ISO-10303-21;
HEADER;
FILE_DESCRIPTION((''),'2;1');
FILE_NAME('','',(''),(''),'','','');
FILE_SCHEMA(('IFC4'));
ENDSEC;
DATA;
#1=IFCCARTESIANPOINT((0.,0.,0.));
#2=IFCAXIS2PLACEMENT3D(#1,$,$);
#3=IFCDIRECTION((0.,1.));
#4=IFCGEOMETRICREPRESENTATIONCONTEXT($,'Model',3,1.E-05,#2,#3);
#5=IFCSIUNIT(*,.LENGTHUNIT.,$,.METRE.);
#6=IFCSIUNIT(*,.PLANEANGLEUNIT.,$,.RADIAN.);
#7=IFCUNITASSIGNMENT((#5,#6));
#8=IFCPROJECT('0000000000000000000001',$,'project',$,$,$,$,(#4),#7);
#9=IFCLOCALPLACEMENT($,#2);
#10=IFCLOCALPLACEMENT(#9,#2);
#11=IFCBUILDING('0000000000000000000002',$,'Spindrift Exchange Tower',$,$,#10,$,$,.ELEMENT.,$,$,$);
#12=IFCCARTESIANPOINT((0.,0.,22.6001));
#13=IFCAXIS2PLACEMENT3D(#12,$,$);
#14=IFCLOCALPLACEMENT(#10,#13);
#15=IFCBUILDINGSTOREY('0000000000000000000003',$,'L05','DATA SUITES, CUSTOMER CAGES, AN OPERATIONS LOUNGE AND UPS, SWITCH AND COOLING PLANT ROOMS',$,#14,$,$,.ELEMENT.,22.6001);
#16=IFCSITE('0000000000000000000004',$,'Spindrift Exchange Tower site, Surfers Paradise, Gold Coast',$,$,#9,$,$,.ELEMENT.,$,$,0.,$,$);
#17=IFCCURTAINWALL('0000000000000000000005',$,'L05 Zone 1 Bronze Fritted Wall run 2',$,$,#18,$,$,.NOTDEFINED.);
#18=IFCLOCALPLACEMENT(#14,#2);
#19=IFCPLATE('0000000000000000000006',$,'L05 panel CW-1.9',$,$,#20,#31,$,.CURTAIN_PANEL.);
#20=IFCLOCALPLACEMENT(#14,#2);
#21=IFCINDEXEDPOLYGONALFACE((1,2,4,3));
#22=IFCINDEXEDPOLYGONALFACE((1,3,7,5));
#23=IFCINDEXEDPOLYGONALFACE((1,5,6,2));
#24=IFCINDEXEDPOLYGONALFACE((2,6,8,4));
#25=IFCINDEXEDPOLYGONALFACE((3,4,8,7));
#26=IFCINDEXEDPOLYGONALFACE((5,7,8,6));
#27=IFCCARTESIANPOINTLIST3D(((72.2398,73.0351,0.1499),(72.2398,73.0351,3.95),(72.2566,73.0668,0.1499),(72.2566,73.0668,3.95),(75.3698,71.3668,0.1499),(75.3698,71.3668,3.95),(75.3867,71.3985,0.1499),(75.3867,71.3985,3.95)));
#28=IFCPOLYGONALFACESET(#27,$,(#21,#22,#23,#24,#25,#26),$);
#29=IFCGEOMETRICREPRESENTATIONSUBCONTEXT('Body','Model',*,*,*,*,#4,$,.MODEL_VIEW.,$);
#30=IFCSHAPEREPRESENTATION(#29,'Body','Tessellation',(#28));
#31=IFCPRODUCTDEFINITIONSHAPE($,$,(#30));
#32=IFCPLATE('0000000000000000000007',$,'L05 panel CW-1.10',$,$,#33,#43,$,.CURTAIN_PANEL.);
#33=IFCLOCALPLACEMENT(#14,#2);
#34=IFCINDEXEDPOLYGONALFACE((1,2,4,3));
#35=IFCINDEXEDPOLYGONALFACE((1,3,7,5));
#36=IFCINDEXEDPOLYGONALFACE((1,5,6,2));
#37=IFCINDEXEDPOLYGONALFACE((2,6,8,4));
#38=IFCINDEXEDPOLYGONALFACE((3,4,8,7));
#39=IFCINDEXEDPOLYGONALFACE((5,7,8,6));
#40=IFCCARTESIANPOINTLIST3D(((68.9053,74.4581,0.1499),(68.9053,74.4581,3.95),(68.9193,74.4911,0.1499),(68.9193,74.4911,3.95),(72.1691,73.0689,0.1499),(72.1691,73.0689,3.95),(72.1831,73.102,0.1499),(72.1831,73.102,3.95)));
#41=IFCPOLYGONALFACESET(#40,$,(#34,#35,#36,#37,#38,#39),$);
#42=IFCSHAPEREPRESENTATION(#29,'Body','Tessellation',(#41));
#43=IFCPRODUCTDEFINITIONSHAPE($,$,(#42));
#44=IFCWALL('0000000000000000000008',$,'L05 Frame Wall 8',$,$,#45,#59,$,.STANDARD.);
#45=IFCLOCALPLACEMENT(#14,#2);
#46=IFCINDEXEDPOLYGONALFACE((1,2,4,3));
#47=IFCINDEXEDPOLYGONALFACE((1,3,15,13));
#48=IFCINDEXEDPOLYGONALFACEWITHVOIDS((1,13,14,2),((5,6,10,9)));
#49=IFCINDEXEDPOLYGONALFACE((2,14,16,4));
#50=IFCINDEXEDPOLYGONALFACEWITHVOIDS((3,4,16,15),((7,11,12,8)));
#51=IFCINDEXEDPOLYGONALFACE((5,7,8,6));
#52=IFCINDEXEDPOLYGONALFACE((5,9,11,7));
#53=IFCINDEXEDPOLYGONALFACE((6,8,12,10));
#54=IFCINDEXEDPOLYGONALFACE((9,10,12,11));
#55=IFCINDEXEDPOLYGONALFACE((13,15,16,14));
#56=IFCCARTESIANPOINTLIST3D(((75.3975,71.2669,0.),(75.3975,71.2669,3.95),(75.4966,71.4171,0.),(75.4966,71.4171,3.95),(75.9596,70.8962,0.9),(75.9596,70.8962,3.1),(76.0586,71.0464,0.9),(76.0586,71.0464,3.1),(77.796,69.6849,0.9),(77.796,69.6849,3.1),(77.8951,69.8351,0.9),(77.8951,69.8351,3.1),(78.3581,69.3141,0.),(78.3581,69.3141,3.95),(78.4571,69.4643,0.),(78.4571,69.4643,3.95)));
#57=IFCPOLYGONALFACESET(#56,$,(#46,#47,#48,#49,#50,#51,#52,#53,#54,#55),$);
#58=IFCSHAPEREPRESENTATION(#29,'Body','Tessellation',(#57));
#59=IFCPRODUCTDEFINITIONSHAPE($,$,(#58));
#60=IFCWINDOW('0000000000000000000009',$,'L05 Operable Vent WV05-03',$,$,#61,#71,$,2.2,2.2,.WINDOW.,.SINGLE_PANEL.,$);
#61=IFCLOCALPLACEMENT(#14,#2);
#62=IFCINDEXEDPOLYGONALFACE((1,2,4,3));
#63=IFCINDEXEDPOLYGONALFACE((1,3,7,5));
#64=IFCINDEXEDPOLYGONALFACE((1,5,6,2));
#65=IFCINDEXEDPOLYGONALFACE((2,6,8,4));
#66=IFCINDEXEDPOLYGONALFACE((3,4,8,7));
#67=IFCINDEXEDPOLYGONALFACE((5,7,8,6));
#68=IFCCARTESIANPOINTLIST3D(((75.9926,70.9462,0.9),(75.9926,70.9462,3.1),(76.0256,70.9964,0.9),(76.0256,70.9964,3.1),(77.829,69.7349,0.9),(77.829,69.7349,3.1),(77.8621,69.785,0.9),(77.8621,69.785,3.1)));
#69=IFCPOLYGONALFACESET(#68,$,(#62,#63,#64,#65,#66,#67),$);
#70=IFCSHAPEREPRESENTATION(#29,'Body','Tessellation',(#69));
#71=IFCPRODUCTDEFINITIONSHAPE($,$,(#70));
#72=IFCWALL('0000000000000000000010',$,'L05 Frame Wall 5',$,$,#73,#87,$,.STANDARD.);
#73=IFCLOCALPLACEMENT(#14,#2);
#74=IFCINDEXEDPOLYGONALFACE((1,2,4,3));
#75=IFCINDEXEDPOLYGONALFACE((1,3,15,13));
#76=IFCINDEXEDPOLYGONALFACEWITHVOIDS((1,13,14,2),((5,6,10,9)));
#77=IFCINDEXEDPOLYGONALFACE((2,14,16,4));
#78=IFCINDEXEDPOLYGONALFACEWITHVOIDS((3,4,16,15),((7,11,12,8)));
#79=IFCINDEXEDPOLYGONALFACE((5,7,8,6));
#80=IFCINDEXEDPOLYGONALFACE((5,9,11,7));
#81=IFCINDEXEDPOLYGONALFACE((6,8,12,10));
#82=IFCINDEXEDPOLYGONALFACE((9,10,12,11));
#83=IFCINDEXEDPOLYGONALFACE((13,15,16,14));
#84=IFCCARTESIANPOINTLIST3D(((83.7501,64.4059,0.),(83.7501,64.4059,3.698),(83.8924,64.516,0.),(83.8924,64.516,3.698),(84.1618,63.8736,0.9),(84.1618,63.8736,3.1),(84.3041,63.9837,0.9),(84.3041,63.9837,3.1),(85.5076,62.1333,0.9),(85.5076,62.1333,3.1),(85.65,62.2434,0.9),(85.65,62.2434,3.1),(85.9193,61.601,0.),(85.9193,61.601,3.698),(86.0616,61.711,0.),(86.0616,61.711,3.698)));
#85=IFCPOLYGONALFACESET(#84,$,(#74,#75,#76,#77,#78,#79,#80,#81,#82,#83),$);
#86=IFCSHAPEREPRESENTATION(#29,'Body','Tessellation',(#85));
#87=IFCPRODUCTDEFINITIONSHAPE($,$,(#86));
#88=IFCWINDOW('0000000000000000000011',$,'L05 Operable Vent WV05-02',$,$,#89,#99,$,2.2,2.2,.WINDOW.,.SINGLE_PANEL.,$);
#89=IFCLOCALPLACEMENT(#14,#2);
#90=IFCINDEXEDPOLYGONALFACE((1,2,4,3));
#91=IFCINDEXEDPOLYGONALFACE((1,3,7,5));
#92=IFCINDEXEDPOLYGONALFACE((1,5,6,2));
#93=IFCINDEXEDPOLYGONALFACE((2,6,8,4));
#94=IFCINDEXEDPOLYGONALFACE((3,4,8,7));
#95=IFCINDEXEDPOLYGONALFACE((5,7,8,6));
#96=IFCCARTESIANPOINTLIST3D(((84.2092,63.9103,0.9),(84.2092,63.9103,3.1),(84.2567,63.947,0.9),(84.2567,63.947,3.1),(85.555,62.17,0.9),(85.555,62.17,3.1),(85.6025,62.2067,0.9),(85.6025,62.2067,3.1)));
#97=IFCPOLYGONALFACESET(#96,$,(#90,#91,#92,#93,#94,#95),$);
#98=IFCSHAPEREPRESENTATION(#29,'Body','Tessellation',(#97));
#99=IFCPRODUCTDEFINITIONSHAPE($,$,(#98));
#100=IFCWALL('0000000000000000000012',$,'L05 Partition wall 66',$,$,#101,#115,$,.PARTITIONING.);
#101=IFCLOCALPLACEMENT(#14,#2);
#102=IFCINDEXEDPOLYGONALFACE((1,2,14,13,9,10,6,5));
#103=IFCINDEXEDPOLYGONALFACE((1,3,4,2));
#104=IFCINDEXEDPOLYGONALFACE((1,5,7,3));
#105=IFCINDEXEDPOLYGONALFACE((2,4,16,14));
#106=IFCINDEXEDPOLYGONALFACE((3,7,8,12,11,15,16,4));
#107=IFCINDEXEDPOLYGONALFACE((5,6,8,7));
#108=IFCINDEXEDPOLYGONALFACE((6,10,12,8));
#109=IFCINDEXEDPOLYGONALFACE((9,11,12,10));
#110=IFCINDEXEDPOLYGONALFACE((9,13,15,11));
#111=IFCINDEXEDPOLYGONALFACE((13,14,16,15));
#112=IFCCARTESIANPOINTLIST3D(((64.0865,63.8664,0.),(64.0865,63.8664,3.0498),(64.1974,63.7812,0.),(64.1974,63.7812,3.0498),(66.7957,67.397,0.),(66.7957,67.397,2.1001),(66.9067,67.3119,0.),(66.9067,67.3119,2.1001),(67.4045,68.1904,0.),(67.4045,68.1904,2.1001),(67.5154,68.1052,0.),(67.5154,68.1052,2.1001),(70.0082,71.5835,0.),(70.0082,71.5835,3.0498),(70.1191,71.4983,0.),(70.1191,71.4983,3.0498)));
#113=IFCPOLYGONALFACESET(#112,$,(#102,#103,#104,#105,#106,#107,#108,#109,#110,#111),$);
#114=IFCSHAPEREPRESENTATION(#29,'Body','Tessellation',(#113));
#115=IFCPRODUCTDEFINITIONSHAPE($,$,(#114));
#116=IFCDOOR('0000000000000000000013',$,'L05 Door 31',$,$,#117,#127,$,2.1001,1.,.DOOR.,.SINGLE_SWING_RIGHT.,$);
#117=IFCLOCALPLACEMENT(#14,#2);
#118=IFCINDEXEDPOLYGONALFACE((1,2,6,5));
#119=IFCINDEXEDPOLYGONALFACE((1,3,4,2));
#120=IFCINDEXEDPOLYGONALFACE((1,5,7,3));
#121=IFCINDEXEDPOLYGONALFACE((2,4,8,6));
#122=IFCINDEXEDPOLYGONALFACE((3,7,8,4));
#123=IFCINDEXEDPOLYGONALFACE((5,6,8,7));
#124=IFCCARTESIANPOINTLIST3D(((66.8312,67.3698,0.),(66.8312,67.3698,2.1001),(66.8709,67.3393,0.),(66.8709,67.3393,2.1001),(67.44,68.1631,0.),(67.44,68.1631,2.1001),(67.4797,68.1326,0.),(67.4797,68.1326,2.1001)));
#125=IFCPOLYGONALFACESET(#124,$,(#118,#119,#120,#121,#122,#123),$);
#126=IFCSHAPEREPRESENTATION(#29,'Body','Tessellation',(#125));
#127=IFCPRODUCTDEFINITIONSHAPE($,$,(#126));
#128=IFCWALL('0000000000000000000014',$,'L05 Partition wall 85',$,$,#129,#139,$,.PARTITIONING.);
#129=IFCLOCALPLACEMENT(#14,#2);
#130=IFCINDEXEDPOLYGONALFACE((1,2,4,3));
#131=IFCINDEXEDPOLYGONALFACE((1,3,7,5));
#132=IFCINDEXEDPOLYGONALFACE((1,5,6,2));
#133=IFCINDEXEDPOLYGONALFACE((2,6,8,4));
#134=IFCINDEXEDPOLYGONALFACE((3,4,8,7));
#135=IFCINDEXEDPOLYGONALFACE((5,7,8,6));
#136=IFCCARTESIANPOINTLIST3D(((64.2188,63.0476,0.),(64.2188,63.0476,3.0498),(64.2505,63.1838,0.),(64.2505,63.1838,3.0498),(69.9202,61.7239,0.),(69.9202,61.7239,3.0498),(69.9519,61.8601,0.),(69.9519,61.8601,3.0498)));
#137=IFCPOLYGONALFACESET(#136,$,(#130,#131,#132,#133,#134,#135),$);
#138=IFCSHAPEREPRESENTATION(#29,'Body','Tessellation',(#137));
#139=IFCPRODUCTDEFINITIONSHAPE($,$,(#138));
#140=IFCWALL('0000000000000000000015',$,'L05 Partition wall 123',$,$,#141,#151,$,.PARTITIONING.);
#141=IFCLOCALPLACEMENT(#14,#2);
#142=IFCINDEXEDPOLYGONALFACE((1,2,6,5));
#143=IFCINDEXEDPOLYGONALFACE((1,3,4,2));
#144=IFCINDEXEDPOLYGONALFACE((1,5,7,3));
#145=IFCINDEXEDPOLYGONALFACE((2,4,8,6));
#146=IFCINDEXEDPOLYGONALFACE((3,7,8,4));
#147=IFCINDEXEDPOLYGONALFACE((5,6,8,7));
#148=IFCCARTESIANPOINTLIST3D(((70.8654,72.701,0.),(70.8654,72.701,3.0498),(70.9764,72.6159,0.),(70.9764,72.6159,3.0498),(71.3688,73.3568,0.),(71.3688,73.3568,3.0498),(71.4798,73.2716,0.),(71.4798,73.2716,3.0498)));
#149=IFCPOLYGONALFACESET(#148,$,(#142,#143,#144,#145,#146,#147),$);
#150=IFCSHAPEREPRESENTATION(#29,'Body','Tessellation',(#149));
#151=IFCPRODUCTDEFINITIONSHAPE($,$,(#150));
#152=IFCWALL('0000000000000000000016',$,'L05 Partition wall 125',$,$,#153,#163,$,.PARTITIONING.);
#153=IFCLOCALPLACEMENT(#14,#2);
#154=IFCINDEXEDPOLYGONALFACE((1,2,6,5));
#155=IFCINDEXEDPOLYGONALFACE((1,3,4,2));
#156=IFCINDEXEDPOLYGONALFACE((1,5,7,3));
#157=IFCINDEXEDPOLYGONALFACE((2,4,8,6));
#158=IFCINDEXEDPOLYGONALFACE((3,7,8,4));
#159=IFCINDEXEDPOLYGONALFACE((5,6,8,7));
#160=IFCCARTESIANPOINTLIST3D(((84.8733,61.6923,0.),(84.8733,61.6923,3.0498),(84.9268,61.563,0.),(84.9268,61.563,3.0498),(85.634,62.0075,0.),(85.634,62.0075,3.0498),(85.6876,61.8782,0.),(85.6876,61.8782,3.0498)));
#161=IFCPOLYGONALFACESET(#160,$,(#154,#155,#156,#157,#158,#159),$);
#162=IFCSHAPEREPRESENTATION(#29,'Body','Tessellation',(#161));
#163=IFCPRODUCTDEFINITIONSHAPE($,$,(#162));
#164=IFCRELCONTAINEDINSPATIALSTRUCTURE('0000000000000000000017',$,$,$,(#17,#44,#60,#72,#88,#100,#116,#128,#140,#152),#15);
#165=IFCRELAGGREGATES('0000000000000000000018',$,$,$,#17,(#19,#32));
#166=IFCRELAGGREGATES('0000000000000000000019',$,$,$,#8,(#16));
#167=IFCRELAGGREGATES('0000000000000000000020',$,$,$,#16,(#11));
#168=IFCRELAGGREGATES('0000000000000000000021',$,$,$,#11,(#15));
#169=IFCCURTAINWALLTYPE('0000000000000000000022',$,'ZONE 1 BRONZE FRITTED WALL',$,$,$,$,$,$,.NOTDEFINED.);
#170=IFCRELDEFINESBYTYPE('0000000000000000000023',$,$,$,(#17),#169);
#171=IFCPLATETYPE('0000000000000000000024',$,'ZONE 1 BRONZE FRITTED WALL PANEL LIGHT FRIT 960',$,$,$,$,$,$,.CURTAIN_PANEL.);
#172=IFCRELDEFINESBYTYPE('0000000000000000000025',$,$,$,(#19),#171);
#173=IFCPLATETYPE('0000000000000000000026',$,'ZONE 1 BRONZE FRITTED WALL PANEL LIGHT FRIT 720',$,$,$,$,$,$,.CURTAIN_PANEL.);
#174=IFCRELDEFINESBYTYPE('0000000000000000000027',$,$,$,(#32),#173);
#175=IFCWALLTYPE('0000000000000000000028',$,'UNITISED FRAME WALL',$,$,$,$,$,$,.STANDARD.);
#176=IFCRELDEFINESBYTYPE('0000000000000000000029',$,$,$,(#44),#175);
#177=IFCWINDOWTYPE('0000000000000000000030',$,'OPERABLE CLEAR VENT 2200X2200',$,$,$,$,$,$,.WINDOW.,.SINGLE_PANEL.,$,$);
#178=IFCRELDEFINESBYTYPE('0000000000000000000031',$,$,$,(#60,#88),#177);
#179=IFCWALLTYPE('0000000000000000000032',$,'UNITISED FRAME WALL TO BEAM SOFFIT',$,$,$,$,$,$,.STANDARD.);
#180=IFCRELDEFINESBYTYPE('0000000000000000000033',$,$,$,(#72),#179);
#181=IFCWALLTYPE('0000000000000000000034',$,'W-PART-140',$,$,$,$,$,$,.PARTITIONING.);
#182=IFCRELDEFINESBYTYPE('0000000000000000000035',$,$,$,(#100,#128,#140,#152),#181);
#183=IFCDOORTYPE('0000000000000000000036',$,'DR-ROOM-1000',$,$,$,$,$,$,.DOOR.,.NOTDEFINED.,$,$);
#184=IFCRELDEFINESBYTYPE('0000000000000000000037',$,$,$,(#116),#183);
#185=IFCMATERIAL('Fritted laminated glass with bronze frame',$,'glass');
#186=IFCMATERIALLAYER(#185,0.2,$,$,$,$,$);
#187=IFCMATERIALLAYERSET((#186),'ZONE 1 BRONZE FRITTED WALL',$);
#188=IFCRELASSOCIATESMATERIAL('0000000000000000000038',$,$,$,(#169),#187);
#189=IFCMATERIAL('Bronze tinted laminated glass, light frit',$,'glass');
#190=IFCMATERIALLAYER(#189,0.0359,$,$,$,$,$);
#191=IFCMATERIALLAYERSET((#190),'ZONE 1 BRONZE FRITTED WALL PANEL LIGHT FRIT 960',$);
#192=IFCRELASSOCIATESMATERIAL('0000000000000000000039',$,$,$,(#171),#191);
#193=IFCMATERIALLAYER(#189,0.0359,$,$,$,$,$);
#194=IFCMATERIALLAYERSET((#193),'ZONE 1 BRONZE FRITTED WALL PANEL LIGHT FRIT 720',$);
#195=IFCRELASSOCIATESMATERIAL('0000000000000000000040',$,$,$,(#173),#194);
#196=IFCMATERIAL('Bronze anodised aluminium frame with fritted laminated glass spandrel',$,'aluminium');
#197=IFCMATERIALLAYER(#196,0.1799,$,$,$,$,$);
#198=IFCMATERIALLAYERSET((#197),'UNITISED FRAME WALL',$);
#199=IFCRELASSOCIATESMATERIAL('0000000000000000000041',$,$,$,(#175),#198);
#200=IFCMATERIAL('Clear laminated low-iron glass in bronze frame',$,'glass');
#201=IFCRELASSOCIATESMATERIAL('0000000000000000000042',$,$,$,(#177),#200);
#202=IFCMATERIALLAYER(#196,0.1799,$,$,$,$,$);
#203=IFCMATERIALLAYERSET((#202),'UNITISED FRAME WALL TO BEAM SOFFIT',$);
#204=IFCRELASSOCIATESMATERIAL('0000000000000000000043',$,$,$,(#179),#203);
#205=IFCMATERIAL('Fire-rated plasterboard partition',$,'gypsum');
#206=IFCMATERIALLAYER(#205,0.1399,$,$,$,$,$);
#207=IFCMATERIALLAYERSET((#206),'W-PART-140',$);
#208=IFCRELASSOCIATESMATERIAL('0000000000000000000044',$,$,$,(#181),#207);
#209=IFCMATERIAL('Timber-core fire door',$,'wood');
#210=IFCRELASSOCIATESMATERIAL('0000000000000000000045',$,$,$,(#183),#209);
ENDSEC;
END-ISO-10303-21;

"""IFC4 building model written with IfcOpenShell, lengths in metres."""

from ifc_helpers import new_model, si_unit, direction, frame, frame_2d, origin, origin_2d, place, context, subcontext, project, spatial, rectangle, extrude, source, transform, mapped, material, layer, layer_set, type_object, element, fill, aggregate, save


model = new_model("IFC4")

# Units and contexts
model_context = context("Model", 3, precision=1e-05, world=origin(), true_north=direction((0.0, 1.0)))
body_context = subcontext(model_context, "Body", "Model", "MODEL_VIEW")
ifc_project = project(units=[si_unit("LENGTHUNIT", "METRE"), si_unit("PLANEANGLEUNIT", "RADIAN")], contexts=[model_context])

# Site, building, storey
site_placement = place(None, origin())
site = spatial("IfcSite", under=ifc_project, at=site_placement, Name="Spindrift Exchange Tower site, Surfers Paradise, Gold Coast", CompositionType="ELEMENT", RefElevation=0.0)
building_placement = place(site_placement, origin())
building = spatial("IfcBuilding", under=site, at=building_placement, Name="Spindrift Exchange Tower", CompositionType="ELEMENT")
storey_placement = place(building_placement, frame((0.0, 0.0, 22.6001)))
storey = spatial("IfcBuildingStorey", under=building, at=storey_placement, Name="L05", Description="DATA SUITES, CUSTOMER CAGES, AN OPERATIONS LOUNGE AND UPS, SWITCH AND COOLING PLANT ROOMS", CompositionType="ELEMENT", Elevation=22.6001)

# Curtain wall
ifc_material_1 = material(Name="Fritted laminated glass with bronze frame", Category="glass")
ifc_layer_1 = layer(ifc_material_1, 0.2)
ifc_layer_set_1 = layer_set([ifc_layer_1], Name="ZONE 1 BRONZE FRITTED WALL")
curtain_wall_type = type_object("IfcCurtainWallType", Name="ZONE 1 BRONZE FRITTED WALL", PredefinedType="NOTDEFINED", material=ifc_layer_set_1)
curtain_wall_1_placement = place(storey_placement, origin())
curtain_wall_1 = element("IfcCurtainWall", 1, at=curtain_wall_1_placement, inside=storey, type_object=curtain_wall_type, Name="L05 Zone 1 Bronze Fritted Wall run 2", PredefinedType="NOTDEFINED")

# Plates
ifc_material_2 = material(Name="Bronze tinted laminated glass, light frit", Category="glass")
ifc_layer_2 = layer(ifc_material_2, 0.0359)
ifc_layer_set_2 = layer_set([ifc_layer_2], Name="ZONE 1 BRONZE FRITTED WALL PANEL LIGHT FRIT 960")
plate_type_1 = type_object("IfcPlateType", Name="ZONE 1 BRONZE FRITTED WALL PANEL LIGHT FRIT 960", PredefinedType="CURTAIN_PANEL", material=ifc_layer_set_2)
ifc_layer_3 = layer(ifc_material_2, 0.0359)
ifc_layer_set_3 = layer_set([ifc_layer_3], Name="ZONE 1 BRONZE FRITTED WALL PANEL LIGHT FRIT 720")
plate_type_2 = type_object("IfcPlateType", Name="ZONE 1 BRONZE FRITTED WALL PANEL LIGHT FRIT 720", PredefinedType="CURTAIN_PANEL", material=ifc_layer_set_3)
shared_shape_1 = source(origin(), body_context, "Body", "SweptSolid", [
    extrude(rectangle(XDim=3.5469, YDim=0.0359, at=origin_2d()), origin(), (0.0, 0.0, 1.0), 3.8),
])
plate_1_placement = place(storey_placement, frame((73.8132, 72.2168, 0.1499), z_axis=(0.0, 0.0, 1.0), x_axis=(-0.882483, 0.470344, 0.0)))
plate_1 = element("IfcPlate", 2, at=plate_1_placement, type_object=plate_type_1, Name="L05 panel CW-1.9", PredefinedType="CURTAIN_PANEL", context=body_context, shape_type="MappedRepresentation", body=[
    mapped(shared_shape_1, transform((0.0, 0.0, 0.0), scale=1.0)),
])
shared_shape_2 = source(origin(), body_context, "Body", "SweptSolid", [
    extrude(rectangle(XDim=3.5471, YDim=0.0359, at=origin_2d()), origin(), (0.0, 0.0, 1.0), 3.8),
])
plate_2_placement = place(storey_placement, frame((70.5442, 73.78, 0.1499), z_axis=(0.0, 0.0, 1.0), x_axis=(-0.920122, 0.391632, 0.0)))
plate_2 = element("IfcPlate", 3, at=plate_2_placement, type_object=plate_type_2, Name="L05 panel CW-1.10", PredefinedType="CURTAIN_PANEL", context=body_context, shape_type="MappedRepresentation", body=[
    mapped(shared_shape_2, transform((0.0, 0.0, 0.0), scale=1.0)),
])
aggregate(curtain_wall_1, [plate_1, plate_2])

# Walls, openings, windows
ifc_material_3 = material(Name="Bronze anodised aluminium frame with fritted laminated glass spandrel", Category="aluminium")
ifc_layer_4 = layer(ifc_material_3, 0.1799)
ifc_layer_set_4 = layer_set([ifc_layer_4], Name="UNITISED FRAME WALL")
wall_type_1 = type_object("IfcWallType", Name="UNITISED FRAME WALL", PredefinedType="STANDARD", material=ifc_layer_set_4)
wall_1_placement = place(storey_placement, frame((78.4077, 69.3892, 0.0), z_axis=(0.0, 0.0, 1.0), x_axis=(-0.834762, 0.550611, 0.0)))
wall_1 = element("IfcWall", 4, at=wall_1_placement, inside=storey, type_object=wall_type_1, Name="L05 Frame Wall 8", PredefinedType="STANDARD", context=body_context, shape_type="SweptSolid", body=[
    extrude(rectangle(XDim=3.5466, YDim=0.1799, at=frame_2d((1.7734, 0.0))), origin(), (0.0, 0.0, 1.0), 3.95),
])
opening_1_placement = place(wall_1_placement, frame((0.6733, 0.0, 0.8999)))
opening_1 = element("IfcOpeningElement", 5, at=opening_1_placement, cuts=wall_1, PredefinedType="OPENING", context=body_context, shape_type="SweptSolid", body=[
    extrude(rectangle(XDim=2.2, YDim=2.2, at=frame_2d((1.1001, 1.1001))), frame((0.0, 0.0999, 0.0), z_axis=(0.0, -1.0, 0.0), x_axis=(1.0, 0.0, 0.0)), (0.0, 0.0, 1.0), 0.2),
])
ifc_material_4 = material(Name="Clear laminated low-iron glass in bronze frame", Category="glass")
window_type = type_object("IfcWindowType", Name="OPERABLE CLEAR VENT 2200X2200", PartitioningType="SINGLE_PANEL", PredefinedType="WINDOW", material=ifc_material_4)
shared_shape_3 = source(origin(), body_context, "Body", "SweptSolid", [
    extrude(rectangle(XDim=2.2, YDim=2.2, at=frame_2d((1.1001, 1.1001))), frame((0.0, 0.03, 0.0), z_axis=(0.0, -1.0, 0.0), x_axis=(1.0, 0.0, 0.0)), (0.0, 0.0, 1.0), 0.0601),
])
window_1_placement = place(opening_1_placement, origin())
window_1 = element("IfcWindow", 6, at=window_1_placement, inside=storey, type_object=window_type, Name="L05 Operable Vent WV05-03", OverallHeight=2.2, OverallWidth=2.2, PartitioningType="SINGLE_PANEL", PredefinedType="WINDOW", context=body_context, shape_type="MappedRepresentation", body=[
    mapped(shared_shape_3, transform((0.0, 0.0, 0.0), scale=1.0)),
])
fill(opening_1, window_1)
ifc_layer_5 = layer(ifc_material_3, 0.1799)
ifc_layer_set_5 = layer_set([ifc_layer_5], Name="UNITISED FRAME WALL TO BEAM SOFFIT")
wall_type_2 = type_object("IfcWallType", Name="UNITISED FRAME WALL TO BEAM SOFFIT", PredefinedType="STANDARD", material=ifc_layer_set_5)
wall_2_placement = place(storey_placement, frame((85.9905, 61.656, 0.0), z_axis=(0.0, 0.0, 1.0), x_axis=(-0.611755, 0.791047, 0.0)))
wall_2 = element("IfcWall", 7, at=wall_2_placement, inside=storey, type_object=wall_type_2, Name="L05 Frame Wall 5", PredefinedType="STANDARD", context=body_context, shape_type="SweptSolid", body=[
    extrude(rectangle(XDim=3.5459, YDim=0.1799, at=frame_2d((1.7729, 0.0))), origin(), (0.0, 0.0, 1.0), 3.698),
])
opening_2_placement = place(wall_2_placement, frame((0.6729, 0.0, 0.8999)))
opening_2 = element("IfcOpeningElement", 8, at=opening_2_placement, cuts=wall_2, PredefinedType="OPENING", context=body_context, shape_type="SweptSolid", body=[
    extrude(rectangle(XDim=2.2, YDim=2.2, at=frame_2d((1.1001, 1.1001))), frame((0.0, 0.0999, 0.0), z_axis=(0.0, -1.0, 0.0), x_axis=(1.0, 0.0, 0.0)), (0.0, 0.0, 1.0), 0.2),
])
window_2_placement = place(opening_2_placement, origin())
window_2 = element("IfcWindow", 9, at=window_2_placement, inside=storey, type_object=window_type, Name="L05 Operable Vent WV05-02", OverallHeight=2.2, OverallWidth=2.2, PartitioningType="SINGLE_PANEL", PredefinedType="WINDOW", context=body_context, shape_type="MappedRepresentation", body=[
    mapped(shared_shape_3, transform((0.0, 0.0, 0.0), scale=1.0)),
])
fill(opening_2, window_2)

# Wall, opening, door
ifc_material_5 = material(Name="Fire-rated plasterboard partition", Category="gypsum")
ifc_layer_6 = layer(ifc_material_5, 0.1399)
ifc_layer_set_6 = layer_set([ifc_layer_6], Name="W-PART-140")
wall_type_3 = type_object("IfcWallType", Name="W-PART-140", PredefinedType="PARTITIONING", material=ifc_layer_set_6)
wall_3_placement = place(storey_placement, frame((70.0637, 71.541, 0.0), z_axis=(0.0, 0.0, 1.0), x_axis=(-0.60877, -0.793347, 0.0)))
wall_3 = element("IfcWall", 10, at=wall_3_placement, inside=storey, type_object=wall_type_3, Name="L05 Partition wall 66", PredefinedType="PARTITIONING", context=body_context, shape_type="SweptSolid", body=[
    extrude(rectangle(XDim=9.7273, YDim=0.1399, at=frame_2d((4.8638, 0.0))), origin(), (0.0, 0.0, 1.0), 3.0498),
])
opening_3_placement = place(wall_3_placement, frame((4.2771, 0.0, 0.0)))
opening_3 = element("IfcOpeningElement", 11, at=opening_3_placement, cuts=wall_3, PredefinedType="OPENING", context=body_context, shape_type="SweptSolid", body=[
    extrude(rectangle(XDim=1.0, YDim=2.1001, at=frame_2d((0.5, 1.05))), frame((0.0, 0.0798, 0.0), z_axis=(0.0, -1.0, 0.0), x_axis=(1.0, 0.0, 0.0)), (0.0, 0.0, 1.0), 0.1599),
])
ifc_material_6 = material(Name="Timber-core fire door", Category="wood")
door_type = type_object("IfcDoorType", Name="DR-ROOM-1000", OperationType="NOTDEFINED", PredefinedType="DOOR", material=ifc_material_6)
shared_shape_4 = source(origin(), body_context, "Body", "SweptSolid", [
    extrude(rectangle(XDim=1.0, YDim=2.1001, at=frame_2d((0.5, 1.05))), frame((0.0, 0.0249, 0.0), z_axis=(0.0, -1.0, 0.0), x_axis=(1.0, 0.0, 0.0)), (0.0, 0.0, 1.0), 0.05),
])
door_placement = place(opening_3_placement, origin())
door = element("IfcDoor", 12, at=door_placement, inside=storey, type_object=door_type, Name="L05 Door 31", OperationType="SINGLE_SWING_RIGHT", OverallHeight=2.1001, OverallWidth=1.0, PredefinedType="DOOR", context=body_context, shape_type="MappedRepresentation", body=[
    mapped(shared_shape_4, transform((0.0, 0.0, 0.0), scale=1.0)),
])
fill(opening_3, door)

# Walls
wall_4_placement = place(storey_placement, frame((69.936, 61.792, 0.0), z_axis=(0.0, 0.0, 1.0), x_axis=(-0.97409, 0.22616, 0.0)))
element("IfcWall", 13, at=wall_4_placement, inside=storey, type_object=wall_type_3, Name="L05 Partition wall 85", PredefinedType="PARTITIONING", context=body_context, shape_type="SweptSolid", body=[
    extrude(rectangle(XDim=5.853, YDim=0.1399, at=frame_2d((2.9265, 0.0))), origin(), (0.0, 0.0, 1.0), 3.0498),
])
wall_5_placement = place(storey_placement, frame((70.9209, 72.6584, 0.0), z_axis=(0.0, 0.0, 1.0), x_axis=(0.60894, 0.793216, 0.0)))
element("IfcWall", 14, at=wall_5_placement, inside=storey, type_object=wall_type_3, Name="L05 Partition wall 123", PredefinedType="PARTITIONING", context=body_context, shape_type="SweptSolid", body=[
    extrude(rectangle(XDim=0.8267, YDim=0.1399, at=frame_2d((0.4133, 0.0))), origin(), (0.0, 0.0, 1.0), 3.0498),
])
wall_6_placement = place(storey_placement, frame((84.9001, 61.6277, 0.0), z_axis=(0.0, 0.0, 1.0), x_axis=(0.923847, 0.382762, 0.0)))
element("IfcWall", 15, at=wall_6_placement, inside=storey, type_object=wall_type_3, Name="L05 Partition wall 125", PredefinedType="PARTITIONING", context=body_context, shape_type="SweptSolid", body=[
    extrude(rectangle(XDim=0.8235, YDim=0.1399, at=frame_2d((0.4116, 0.0))), origin(), (0.0, 0.0, 1.0), 3.0498),
])

save(model, "model.ifc")
